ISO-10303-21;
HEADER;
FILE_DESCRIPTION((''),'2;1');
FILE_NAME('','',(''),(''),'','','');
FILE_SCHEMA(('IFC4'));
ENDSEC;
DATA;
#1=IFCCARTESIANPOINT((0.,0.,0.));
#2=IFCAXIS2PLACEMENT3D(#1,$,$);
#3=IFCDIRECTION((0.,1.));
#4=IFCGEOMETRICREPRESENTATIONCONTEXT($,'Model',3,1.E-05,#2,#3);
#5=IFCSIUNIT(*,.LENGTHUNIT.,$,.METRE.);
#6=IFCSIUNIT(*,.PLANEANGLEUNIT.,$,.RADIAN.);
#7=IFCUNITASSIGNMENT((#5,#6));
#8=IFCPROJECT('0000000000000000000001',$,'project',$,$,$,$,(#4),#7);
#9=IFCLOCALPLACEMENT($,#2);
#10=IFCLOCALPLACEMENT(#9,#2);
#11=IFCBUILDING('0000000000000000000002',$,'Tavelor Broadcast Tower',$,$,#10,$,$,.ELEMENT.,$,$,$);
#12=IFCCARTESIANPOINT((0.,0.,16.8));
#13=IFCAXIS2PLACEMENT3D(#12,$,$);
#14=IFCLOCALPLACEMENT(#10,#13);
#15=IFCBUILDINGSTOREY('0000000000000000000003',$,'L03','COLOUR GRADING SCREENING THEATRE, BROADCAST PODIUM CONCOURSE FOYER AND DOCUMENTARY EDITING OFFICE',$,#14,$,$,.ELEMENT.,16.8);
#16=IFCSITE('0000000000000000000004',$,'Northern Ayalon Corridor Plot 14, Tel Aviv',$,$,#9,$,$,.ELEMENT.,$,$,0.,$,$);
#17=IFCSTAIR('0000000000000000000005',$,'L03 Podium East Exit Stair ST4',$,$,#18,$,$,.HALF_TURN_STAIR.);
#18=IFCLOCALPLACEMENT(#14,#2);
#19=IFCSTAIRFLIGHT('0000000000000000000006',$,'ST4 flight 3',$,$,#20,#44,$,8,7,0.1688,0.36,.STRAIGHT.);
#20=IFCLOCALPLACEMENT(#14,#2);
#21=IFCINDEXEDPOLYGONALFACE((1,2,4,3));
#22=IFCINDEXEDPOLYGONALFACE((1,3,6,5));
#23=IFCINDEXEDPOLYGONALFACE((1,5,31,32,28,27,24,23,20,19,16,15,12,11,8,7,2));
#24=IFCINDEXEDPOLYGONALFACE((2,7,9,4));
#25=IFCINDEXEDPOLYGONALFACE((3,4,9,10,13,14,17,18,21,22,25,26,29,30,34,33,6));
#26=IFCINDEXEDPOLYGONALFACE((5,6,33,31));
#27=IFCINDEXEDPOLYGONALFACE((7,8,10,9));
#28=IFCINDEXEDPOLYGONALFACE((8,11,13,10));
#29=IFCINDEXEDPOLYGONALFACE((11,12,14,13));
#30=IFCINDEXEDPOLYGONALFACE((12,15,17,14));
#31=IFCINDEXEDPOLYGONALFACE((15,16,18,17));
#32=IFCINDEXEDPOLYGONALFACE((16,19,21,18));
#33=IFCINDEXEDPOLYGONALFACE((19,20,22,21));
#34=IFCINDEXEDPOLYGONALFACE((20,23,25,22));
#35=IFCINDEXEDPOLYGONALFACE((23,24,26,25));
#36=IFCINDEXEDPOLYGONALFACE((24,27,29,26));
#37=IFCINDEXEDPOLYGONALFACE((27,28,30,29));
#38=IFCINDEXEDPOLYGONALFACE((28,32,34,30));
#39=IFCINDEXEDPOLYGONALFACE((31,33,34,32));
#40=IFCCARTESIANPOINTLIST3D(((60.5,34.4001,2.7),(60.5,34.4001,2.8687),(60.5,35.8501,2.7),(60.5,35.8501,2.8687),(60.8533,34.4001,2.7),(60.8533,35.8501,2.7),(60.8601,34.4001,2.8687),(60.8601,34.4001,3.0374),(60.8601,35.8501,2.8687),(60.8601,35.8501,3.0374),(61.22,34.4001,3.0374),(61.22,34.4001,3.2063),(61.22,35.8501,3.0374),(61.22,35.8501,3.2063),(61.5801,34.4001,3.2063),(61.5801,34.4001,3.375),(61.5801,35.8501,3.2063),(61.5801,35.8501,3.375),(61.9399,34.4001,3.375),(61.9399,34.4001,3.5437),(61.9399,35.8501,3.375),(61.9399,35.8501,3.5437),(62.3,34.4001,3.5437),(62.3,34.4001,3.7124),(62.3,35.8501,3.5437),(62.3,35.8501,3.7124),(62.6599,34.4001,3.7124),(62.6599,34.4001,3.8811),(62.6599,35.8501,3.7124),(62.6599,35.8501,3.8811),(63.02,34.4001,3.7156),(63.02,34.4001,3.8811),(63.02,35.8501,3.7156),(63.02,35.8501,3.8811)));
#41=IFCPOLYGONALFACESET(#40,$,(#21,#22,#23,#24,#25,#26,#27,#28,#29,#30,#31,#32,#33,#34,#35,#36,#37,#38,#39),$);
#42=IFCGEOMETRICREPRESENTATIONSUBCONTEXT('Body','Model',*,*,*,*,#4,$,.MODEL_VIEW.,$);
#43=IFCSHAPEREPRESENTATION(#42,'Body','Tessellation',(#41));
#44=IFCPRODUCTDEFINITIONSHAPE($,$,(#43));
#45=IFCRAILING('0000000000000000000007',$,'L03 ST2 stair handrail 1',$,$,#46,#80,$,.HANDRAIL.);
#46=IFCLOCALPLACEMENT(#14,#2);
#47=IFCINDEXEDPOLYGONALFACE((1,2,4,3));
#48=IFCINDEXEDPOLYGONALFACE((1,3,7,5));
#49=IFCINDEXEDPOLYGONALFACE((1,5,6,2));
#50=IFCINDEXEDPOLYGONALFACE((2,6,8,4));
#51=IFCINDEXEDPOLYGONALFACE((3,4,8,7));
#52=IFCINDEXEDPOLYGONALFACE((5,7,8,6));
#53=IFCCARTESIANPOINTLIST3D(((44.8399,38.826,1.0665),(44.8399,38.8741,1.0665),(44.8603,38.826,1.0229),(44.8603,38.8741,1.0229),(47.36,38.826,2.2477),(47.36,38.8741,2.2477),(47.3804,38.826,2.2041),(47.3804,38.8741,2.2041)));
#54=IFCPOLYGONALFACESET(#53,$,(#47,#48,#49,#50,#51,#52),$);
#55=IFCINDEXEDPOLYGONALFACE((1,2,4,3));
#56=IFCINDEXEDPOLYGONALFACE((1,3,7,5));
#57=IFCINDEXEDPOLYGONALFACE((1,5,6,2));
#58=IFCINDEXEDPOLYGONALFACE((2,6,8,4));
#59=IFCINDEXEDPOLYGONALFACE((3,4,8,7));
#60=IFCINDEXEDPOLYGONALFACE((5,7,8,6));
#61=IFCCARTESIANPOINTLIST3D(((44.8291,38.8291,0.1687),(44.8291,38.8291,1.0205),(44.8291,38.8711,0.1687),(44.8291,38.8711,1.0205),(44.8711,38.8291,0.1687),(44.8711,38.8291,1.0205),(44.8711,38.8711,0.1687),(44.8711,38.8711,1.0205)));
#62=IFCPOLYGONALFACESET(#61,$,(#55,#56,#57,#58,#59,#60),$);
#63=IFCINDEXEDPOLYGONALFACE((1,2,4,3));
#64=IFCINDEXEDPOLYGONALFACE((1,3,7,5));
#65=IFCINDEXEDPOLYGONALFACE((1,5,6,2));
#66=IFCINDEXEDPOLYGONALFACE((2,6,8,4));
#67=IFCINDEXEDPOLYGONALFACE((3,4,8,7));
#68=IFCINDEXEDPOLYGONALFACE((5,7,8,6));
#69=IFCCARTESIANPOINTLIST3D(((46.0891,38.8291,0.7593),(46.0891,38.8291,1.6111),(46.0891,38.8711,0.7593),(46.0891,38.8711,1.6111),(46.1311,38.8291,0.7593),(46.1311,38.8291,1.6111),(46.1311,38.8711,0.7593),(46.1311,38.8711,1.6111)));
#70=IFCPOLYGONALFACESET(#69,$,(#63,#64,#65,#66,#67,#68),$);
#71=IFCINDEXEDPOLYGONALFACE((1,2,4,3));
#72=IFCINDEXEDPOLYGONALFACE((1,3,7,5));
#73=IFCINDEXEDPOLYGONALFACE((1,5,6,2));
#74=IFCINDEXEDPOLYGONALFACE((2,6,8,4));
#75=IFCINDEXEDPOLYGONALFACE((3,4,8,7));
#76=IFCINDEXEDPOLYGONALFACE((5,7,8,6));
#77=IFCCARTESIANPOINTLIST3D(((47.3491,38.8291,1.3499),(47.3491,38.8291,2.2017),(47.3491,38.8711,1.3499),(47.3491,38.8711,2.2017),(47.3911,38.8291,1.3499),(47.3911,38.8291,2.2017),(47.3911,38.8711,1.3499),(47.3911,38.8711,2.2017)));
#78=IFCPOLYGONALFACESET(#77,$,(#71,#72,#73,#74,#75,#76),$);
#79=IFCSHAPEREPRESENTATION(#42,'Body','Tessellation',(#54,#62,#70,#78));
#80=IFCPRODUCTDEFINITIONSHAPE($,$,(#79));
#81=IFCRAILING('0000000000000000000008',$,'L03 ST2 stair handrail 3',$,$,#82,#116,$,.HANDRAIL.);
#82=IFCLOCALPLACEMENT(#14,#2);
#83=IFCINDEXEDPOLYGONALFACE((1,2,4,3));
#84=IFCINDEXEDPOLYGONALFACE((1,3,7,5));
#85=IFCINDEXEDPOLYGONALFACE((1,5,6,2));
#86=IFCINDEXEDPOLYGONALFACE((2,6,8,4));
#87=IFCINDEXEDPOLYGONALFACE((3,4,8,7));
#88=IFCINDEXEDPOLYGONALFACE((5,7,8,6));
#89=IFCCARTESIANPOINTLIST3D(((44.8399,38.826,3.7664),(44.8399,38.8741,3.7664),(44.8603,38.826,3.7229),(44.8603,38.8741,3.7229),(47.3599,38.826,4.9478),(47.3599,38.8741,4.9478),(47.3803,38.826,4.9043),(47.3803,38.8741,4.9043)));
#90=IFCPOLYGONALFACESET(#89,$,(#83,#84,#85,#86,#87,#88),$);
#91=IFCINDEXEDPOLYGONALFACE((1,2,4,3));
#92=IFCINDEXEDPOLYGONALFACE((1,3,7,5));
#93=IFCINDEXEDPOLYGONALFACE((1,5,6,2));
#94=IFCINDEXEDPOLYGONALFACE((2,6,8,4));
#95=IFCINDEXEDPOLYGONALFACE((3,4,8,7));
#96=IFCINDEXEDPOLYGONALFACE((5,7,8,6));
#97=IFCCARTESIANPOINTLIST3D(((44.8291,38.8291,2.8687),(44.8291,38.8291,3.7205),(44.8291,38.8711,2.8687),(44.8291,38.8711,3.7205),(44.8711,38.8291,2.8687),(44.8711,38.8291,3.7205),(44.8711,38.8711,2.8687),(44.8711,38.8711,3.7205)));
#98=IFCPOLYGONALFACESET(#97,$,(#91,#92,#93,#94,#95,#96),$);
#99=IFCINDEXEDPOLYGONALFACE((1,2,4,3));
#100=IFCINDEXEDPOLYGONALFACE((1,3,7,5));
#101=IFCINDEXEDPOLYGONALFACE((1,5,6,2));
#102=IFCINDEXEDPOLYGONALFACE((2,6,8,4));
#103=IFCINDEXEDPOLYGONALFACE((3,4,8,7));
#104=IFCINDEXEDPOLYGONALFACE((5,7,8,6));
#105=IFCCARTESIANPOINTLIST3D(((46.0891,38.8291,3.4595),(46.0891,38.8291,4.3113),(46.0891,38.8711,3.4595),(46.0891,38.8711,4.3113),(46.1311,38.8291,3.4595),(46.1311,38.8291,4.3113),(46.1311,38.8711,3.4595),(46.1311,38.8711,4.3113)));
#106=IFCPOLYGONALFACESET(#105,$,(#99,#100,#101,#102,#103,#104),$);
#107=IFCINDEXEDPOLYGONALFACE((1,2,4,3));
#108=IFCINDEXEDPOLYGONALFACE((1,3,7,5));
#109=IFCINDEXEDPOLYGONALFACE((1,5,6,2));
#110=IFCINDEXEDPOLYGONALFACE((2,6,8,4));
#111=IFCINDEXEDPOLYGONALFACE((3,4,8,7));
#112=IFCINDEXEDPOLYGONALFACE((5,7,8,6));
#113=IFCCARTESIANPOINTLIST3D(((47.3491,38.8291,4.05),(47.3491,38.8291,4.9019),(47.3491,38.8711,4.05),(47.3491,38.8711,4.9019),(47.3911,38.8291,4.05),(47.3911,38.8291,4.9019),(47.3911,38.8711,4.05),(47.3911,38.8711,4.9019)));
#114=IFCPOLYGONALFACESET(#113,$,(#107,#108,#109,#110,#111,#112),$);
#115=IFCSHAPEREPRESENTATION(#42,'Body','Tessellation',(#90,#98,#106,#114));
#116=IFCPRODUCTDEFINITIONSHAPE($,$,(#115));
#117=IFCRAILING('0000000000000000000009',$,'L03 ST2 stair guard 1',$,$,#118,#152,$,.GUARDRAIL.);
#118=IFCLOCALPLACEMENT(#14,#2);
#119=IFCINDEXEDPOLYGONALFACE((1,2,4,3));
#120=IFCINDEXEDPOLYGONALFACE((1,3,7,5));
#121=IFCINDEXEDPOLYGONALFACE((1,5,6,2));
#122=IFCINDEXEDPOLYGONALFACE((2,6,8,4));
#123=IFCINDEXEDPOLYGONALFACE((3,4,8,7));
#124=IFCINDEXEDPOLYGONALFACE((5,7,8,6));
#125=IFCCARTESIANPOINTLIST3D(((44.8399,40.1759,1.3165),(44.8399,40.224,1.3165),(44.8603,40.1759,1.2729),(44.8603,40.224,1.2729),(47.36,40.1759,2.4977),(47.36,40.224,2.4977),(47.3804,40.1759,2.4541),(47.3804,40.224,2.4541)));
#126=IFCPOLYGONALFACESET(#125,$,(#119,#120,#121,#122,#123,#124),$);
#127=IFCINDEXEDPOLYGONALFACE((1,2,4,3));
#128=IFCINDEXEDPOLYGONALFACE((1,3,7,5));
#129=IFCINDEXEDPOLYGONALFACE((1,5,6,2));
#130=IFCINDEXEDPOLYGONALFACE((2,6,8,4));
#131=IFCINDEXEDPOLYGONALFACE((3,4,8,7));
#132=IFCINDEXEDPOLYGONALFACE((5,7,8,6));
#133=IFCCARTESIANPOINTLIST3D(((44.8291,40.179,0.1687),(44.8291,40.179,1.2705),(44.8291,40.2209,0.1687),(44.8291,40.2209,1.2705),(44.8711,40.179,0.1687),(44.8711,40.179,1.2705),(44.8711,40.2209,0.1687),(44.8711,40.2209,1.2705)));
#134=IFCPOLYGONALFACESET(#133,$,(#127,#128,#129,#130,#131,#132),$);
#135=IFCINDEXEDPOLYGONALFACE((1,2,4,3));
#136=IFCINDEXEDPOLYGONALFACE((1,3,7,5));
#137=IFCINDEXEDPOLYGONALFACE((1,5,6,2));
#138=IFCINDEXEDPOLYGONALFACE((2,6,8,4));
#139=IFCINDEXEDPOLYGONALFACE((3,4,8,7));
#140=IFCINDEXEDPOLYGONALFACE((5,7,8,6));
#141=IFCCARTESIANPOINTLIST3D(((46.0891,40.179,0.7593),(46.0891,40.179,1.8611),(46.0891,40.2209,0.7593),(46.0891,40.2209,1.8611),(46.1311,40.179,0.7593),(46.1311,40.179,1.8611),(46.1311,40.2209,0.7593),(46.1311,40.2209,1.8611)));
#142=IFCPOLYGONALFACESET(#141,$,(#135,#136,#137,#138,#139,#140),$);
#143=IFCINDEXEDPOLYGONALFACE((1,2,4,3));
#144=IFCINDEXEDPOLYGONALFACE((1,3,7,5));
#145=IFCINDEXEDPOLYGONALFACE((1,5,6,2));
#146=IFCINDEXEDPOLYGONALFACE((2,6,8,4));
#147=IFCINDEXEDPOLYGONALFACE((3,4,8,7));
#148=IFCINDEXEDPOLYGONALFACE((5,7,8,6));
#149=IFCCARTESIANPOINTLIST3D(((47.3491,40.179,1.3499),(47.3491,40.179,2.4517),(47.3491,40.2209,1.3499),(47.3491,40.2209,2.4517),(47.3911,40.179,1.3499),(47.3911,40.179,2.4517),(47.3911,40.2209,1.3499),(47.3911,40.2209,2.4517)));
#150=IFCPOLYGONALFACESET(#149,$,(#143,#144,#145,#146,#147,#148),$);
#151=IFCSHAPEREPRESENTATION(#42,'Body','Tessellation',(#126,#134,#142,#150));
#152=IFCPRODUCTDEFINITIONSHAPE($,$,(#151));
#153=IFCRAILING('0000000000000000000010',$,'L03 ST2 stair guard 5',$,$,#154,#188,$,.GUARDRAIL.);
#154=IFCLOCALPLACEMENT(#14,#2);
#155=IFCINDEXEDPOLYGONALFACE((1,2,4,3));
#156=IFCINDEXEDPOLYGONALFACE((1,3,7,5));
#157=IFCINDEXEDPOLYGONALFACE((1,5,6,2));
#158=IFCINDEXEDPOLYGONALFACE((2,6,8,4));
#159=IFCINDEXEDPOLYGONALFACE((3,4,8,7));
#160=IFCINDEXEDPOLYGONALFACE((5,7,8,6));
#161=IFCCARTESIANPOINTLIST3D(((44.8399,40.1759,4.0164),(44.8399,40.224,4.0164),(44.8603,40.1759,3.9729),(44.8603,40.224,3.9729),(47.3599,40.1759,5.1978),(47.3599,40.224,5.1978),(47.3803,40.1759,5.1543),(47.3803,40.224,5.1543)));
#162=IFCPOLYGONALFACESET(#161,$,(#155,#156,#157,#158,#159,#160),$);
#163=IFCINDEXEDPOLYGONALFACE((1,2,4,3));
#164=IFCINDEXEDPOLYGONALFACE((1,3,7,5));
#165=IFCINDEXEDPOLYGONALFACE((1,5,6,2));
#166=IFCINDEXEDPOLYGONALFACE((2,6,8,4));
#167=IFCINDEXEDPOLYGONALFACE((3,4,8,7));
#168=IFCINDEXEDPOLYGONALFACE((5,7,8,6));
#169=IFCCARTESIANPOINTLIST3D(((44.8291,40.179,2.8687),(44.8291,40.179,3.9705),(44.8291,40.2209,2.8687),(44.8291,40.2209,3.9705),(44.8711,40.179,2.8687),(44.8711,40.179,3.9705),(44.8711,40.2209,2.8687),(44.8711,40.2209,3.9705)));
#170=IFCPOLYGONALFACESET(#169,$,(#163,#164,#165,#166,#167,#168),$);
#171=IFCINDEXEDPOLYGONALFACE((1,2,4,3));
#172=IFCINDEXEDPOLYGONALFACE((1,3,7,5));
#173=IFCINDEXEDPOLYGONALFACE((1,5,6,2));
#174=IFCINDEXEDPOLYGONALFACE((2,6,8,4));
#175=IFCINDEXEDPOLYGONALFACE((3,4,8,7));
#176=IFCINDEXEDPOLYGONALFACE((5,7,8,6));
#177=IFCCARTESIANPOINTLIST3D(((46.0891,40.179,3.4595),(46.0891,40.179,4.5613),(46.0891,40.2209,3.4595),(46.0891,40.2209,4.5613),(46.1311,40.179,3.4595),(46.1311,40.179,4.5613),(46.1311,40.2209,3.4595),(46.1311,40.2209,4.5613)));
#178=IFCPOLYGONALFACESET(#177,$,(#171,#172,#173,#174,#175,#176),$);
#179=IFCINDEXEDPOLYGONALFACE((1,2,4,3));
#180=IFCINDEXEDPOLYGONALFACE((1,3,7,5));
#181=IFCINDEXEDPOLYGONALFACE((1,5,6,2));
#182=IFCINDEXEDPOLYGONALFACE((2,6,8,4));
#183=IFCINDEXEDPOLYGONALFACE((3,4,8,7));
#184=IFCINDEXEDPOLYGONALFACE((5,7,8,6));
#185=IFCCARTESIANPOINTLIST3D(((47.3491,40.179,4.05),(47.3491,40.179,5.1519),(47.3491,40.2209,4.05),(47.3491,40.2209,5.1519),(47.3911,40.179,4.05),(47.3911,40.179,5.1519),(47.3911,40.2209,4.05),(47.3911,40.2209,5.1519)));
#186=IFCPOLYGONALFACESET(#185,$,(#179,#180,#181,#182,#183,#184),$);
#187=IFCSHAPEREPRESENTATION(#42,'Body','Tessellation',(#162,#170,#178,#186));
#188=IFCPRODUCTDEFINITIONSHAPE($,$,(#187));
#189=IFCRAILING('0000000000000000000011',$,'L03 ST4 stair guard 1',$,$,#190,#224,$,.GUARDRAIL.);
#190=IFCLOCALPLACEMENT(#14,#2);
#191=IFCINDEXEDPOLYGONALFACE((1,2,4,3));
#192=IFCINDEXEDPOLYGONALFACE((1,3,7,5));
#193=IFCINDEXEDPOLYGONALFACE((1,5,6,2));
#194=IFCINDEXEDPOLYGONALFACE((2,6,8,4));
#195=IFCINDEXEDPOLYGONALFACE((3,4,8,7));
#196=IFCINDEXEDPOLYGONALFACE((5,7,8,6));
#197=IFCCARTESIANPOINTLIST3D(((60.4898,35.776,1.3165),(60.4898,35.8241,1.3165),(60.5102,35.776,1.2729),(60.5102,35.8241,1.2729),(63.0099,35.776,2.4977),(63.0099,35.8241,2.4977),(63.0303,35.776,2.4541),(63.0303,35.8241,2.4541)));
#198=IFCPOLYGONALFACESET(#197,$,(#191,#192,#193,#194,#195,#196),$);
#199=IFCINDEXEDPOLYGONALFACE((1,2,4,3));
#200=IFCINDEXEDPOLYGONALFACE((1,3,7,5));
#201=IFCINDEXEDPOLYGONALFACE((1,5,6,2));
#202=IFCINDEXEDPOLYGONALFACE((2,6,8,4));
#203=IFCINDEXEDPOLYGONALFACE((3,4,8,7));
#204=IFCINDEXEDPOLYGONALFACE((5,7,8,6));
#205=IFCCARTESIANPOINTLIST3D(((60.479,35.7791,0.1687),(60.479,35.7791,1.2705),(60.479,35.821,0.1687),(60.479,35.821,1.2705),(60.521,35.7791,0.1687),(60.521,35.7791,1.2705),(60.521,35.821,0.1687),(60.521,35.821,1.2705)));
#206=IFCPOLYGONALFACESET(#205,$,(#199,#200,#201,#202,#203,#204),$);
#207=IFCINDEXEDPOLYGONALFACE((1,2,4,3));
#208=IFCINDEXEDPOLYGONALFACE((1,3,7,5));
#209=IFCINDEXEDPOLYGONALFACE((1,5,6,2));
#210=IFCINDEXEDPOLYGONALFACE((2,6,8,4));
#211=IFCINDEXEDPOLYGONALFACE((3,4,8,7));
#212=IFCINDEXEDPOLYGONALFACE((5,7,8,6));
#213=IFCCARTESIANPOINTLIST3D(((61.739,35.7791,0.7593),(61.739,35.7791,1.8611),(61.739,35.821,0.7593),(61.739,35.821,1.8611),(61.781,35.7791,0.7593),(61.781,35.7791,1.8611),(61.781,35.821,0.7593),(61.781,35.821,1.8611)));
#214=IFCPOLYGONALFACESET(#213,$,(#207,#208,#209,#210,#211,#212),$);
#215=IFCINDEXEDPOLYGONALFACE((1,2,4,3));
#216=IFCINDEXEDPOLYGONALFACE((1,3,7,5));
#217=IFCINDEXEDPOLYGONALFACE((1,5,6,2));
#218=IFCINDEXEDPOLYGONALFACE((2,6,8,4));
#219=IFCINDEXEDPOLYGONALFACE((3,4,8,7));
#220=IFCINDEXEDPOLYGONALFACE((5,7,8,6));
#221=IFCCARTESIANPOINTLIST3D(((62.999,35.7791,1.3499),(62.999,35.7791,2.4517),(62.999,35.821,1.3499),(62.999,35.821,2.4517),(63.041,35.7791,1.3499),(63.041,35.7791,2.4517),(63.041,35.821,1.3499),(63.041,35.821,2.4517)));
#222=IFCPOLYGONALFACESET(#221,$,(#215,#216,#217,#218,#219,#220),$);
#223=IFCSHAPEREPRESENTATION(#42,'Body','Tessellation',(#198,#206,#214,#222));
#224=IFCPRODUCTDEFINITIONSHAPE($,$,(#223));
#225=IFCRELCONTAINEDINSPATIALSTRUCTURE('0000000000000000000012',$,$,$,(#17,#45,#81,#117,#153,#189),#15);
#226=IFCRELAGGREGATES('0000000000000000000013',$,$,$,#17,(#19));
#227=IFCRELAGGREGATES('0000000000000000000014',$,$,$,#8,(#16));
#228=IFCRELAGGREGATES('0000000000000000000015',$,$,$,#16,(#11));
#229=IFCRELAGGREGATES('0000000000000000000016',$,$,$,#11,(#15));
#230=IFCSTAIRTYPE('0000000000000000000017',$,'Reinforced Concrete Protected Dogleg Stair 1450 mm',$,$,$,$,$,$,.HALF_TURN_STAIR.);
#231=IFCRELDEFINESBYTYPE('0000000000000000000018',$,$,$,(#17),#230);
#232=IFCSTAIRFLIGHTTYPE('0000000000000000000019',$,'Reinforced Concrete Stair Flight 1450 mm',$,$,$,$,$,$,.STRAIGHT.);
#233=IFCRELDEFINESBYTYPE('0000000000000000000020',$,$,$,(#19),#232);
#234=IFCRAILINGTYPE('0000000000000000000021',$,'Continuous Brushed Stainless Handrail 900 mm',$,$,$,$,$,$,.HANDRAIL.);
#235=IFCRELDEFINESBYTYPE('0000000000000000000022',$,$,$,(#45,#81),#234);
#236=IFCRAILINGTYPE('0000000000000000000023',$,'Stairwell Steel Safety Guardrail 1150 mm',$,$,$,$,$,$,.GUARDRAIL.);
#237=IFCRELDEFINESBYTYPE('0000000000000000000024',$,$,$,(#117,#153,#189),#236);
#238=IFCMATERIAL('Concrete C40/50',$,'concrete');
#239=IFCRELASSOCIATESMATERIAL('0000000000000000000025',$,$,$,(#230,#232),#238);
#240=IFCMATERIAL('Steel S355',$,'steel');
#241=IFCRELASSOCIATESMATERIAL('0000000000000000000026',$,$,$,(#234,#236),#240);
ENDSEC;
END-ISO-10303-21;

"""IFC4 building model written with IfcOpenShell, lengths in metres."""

from ifc_helpers import new_model, si_unit, direction, frame, origin, origin_2d, place, context, subcontext, project, spatial, polyline, rectangle, outline, extrude, material, type_object, element, aggregate, save


model = new_model("IFC4")

# Units and contexts
model_context = context("Model", 3, precision=1e-05, world=origin(), true_north=direction((0.0, 1.0)))
body_context = subcontext(model_context, "Body", "Model", "MODEL_VIEW")
ifc_project = project(units=[si_unit("LENGTHUNIT", "METRE"), si_unit("PLANEANGLEUNIT", "RADIAN")], contexts=[model_context])

# Site, building, storey
site_placement = place(None, origin())
site = spatial("IfcSite", under=ifc_project, at=site_placement, Name="Northern Ayalon Corridor Plot 14, Tel Aviv", CompositionType="ELEMENT", RefElevation=0.0)
building_placement = place(site_placement, origin())
building = spatial("IfcBuilding", under=site, at=building_placement, Name="Tavelor Broadcast Tower", CompositionType="ELEMENT")
storey_placement = place(building_placement, frame((0.0, 0.0, 16.8)))
storey = spatial("IfcBuildingStorey", under=building, at=storey_placement, Name="L03", Description="COLOUR GRADING SCREENING THEATRE, BROADCAST PODIUM CONCOURSE FOYER AND DOCUMENTARY EDITING OFFICE", CompositionType="ELEMENT", Elevation=16.8)

# Shared definitions
ifc_material_1 = material(Name="Concrete C40/50", Category="concrete")
ifc_material_2 = material(Name="Steel S355", Category="steel")

# Stair, stair flight
stair_type = type_object("IfcStairType", Name="Reinforced Concrete Protected Dogleg Stair 1450 mm", PredefinedType="HALF_TURN_STAIR", material=ifc_material_1)
stair_flight_type = type_object("IfcStairFlightType", Name="Reinforced Concrete Stair Flight 1450 mm", PredefinedType="STRAIGHT", material=ifc_material_1)
stair_1_placement = place(storey_placement, origin())
stair_1 = element("IfcStair", 1, at=stair_1_placement, inside=storey, type_object=stair_type, Name="L03 Podium East Exit Stair ST4", PredefinedType="HALF_TURN_STAIR")
stair_flight_1_placement = place(storey_placement, frame((60.5, 35.125, 2.7), z_axis=(0.0, 0.0, 1.0), x_axis=(1.0, 0.0, 0.0)))
stair_flight_1 = element("IfcStairFlight", 2, at=stair_flight_1_placement, type_object=stair_flight_type, Name="ST4 flight 3", NumberOfRisers=8, NumberOfTreads=7, PredefinedType="STRAIGHT", RiserHeight=0.1688, TreadLength=0.36, context=body_context, shape_type="SweptSolid", body=[
    extrude(outline(polyline([(0.0, 0.0), (0.0, 0.1687), (0.3601, 0.1687), (0.3601, 0.3374), (0.72, 0.3374), (0.72, 0.5063), (1.0801, 0.5063), (1.0801, 0.675), (1.4399, 0.675), (1.4399, 0.8438), (1.8, 0.8438), (1.8, 1.0125), (2.1599, 1.0125), (2.1599, 1.1812), (2.52, 1.1812), (2.52, 1.3501), (2.52, 1.0156), (0.3533, 0.0), (0.0, 0.0)])), frame((0.0, 0.7251, 0.0), z_axis=(0.0, -1.0, 0.0), x_axis=(1.0, 0.0, 0.0)), (0.0, 0.0, 1.0), 1.45),
])
aggregate(stair_1, [stair_flight_1])

# Railings
railing_type_1 = type_object("IfcRailingType", Name="Continuous Brushed Stainless Handrail 900 mm", PredefinedType="HANDRAIL", material=ifc_material_2)
railing_1_placement = place(storey_placement, frame((44.8501, 38.8501, 0.1687)))
element("IfcRailing", 3, at=railing_1_placement, inside=storey, type_object=railing_type_1, Name="L03 ST2 stair handrail 1", PredefinedType="HANDRAIL", context=body_context, shape_type="SweptSolid", body=[
    extrude(rectangle(XDim=0.0481, YDim=0.0481, at=origin_2d()), frame((0.0, 0.0, 0.876), z_axis=(0.905474, 0.0, 0.424402), x_axis=(0.0, 1.0, 0.0)), (0.0, 0.0, 1.0), 2.7832),
    extrude(rectangle(XDim=0.042, YDim=0.042, at=origin_2d()), origin(), (0.0, 0.0, 1.0), 0.8518),
    extrude(rectangle(XDim=0.042, YDim=0.042, at=origin_2d()), frame((1.26, 0.0, 0.5906)), (0.0, 0.0, 1.0), 0.8518),
    extrude(rectangle(XDim=0.042, YDim=0.042, at=origin_2d()), frame((2.52, 0.0, 1.1812)), (0.0, 0.0, 1.0), 0.8518),
])
railing_2_placement = place(storey_placement, frame((44.8501, 38.8501, 2.8687)))
element("IfcRailing", 4, at=railing_2_placement, inside=storey, type_object=railing_type_1, Name="L03 ST2 stair handrail 3", PredefinedType="HANDRAIL", context=body_context, shape_type="SweptSolid", body=[
    extrude(rectangle(XDim=0.0481, YDim=0.0481, at=origin_2d()), frame((0.0, 0.0, 0.876), z_axis=(0.90544, 0.0, 0.424474), x_axis=(0.0, 1.0, 0.0)), (0.0, 0.0, 1.0), 2.7832),
    extrude(rectangle(XDim=0.042, YDim=0.042, at=origin_2d()), origin(), (0.0, 0.0, 1.0), 0.8518),
    extrude(rectangle(XDim=0.042, YDim=0.042, at=origin_2d()), frame((1.26, 0.0, 0.5908)), (0.0, 0.0, 1.0), 0.8518),
    extrude(rectangle(XDim=0.042, YDim=0.042, at=origin_2d()), frame((2.52, 0.0, 1.1814)), (0.0, 0.0, 1.0), 0.8518),
])
railing_type_2 = type_object("IfcRailingType", Name="Stairwell Steel Safety Guardrail 1150 mm", PredefinedType="GUARDRAIL", material=ifc_material_2)
railing_3_placement = place(storey_placement, frame((44.8501, 40.2, 0.1687)))
element("IfcRailing", 5, at=railing_3_placement, inside=storey, type_object=railing_type_2, Name="L03 ST2 stair guard 1", PredefinedType="GUARDRAIL", context=body_context, shape_type="SweptSolid", body=[
    extrude(rectangle(XDim=0.0481, YDim=0.0481, at=origin_2d()), frame((0.0, 0.0, 1.126), z_axis=(0.905474, 0.0, 0.424402), x_axis=(0.0, 1.0, 0.0)), (0.0, 0.0, 1.0), 2.7832),
    extrude(rectangle(XDim=0.042, YDim=0.042, at=origin_2d()), origin(), (0.0, 0.0, 1.0), 1.1018),
    extrude(rectangle(XDim=0.042, YDim=0.042, at=origin_2d()), frame((1.26, 0.0, 0.5906)), (0.0, 0.0, 1.0), 1.1018),
    extrude(rectangle(XDim=0.042, YDim=0.042, at=origin_2d()), frame((2.52, 0.0, 1.1812)), (0.0, 0.0, 1.0), 1.1018),
])
railing_4_placement = place(storey_placement, frame((44.8501, 40.2, 2.8687)))
element("IfcRailing", 6, at=railing_4_placement, inside=storey, type_object=railing_type_2, Name="L03 ST2 stair guard 5", PredefinedType="GUARDRAIL", context=body_context, shape_type="SweptSolid", body=[
    extrude(rectangle(XDim=0.0481, YDim=0.0481, at=origin_2d()), frame((0.0, 0.0, 1.126), z_axis=(0.90544, 0.0, 0.424474), x_axis=(0.0, 1.0, 0.0)), (0.0, 0.0, 1.0), 2.7832),
    extrude(rectangle(XDim=0.042, YDim=0.042, at=origin_2d()), origin(), (0.0, 0.0, 1.0), 1.1018),
    extrude(rectangle(XDim=0.042, YDim=0.042, at=origin_2d()), frame((1.26, 0.0, 0.5908)), (0.0, 0.0, 1.0), 1.1018),
    extrude(rectangle(XDim=0.042, YDim=0.042, at=origin_2d()), frame((2.52, 0.0, 1.1814)), (0.0, 0.0, 1.0), 1.1018),
])
railing_5_placement = place(storey_placement, frame((60.5, 35.8, 0.1687)))
element("IfcRailing", 7, at=railing_5_placement, inside=storey, type_object=railing_type_2, Name="L03 ST4 stair guard 1", PredefinedType="GUARDRAIL", context=body_context, shape_type="SweptSolid", body=[
    extrude(rectangle(XDim=0.0481, YDim=0.0481, at=origin_2d()), frame((0.0, 0.0, 1.126), z_axis=(0.905474, 0.0, 0.424402), x_axis=(0.0, 1.0, 0.0)), (0.0, 0.0, 1.0), 2.7832),
    extrude(rectangle(XDim=0.042, YDim=0.042, at=origin_2d()), origin(), (0.0, 0.0, 1.0), 1.1018),
    extrude(rectangle(XDim=0.042, YDim=0.042, at=origin_2d()), frame((1.26, 0.0, 0.5906)), (0.0, 0.0, 1.0), 1.1018),
    extrude(rectangle(XDim=0.042, YDim=0.042, at=origin_2d()), frame((2.52, 0.0, 1.1812)), (0.0, 0.0, 1.0), 1.1018),
])

save(model, "model.ifc")
